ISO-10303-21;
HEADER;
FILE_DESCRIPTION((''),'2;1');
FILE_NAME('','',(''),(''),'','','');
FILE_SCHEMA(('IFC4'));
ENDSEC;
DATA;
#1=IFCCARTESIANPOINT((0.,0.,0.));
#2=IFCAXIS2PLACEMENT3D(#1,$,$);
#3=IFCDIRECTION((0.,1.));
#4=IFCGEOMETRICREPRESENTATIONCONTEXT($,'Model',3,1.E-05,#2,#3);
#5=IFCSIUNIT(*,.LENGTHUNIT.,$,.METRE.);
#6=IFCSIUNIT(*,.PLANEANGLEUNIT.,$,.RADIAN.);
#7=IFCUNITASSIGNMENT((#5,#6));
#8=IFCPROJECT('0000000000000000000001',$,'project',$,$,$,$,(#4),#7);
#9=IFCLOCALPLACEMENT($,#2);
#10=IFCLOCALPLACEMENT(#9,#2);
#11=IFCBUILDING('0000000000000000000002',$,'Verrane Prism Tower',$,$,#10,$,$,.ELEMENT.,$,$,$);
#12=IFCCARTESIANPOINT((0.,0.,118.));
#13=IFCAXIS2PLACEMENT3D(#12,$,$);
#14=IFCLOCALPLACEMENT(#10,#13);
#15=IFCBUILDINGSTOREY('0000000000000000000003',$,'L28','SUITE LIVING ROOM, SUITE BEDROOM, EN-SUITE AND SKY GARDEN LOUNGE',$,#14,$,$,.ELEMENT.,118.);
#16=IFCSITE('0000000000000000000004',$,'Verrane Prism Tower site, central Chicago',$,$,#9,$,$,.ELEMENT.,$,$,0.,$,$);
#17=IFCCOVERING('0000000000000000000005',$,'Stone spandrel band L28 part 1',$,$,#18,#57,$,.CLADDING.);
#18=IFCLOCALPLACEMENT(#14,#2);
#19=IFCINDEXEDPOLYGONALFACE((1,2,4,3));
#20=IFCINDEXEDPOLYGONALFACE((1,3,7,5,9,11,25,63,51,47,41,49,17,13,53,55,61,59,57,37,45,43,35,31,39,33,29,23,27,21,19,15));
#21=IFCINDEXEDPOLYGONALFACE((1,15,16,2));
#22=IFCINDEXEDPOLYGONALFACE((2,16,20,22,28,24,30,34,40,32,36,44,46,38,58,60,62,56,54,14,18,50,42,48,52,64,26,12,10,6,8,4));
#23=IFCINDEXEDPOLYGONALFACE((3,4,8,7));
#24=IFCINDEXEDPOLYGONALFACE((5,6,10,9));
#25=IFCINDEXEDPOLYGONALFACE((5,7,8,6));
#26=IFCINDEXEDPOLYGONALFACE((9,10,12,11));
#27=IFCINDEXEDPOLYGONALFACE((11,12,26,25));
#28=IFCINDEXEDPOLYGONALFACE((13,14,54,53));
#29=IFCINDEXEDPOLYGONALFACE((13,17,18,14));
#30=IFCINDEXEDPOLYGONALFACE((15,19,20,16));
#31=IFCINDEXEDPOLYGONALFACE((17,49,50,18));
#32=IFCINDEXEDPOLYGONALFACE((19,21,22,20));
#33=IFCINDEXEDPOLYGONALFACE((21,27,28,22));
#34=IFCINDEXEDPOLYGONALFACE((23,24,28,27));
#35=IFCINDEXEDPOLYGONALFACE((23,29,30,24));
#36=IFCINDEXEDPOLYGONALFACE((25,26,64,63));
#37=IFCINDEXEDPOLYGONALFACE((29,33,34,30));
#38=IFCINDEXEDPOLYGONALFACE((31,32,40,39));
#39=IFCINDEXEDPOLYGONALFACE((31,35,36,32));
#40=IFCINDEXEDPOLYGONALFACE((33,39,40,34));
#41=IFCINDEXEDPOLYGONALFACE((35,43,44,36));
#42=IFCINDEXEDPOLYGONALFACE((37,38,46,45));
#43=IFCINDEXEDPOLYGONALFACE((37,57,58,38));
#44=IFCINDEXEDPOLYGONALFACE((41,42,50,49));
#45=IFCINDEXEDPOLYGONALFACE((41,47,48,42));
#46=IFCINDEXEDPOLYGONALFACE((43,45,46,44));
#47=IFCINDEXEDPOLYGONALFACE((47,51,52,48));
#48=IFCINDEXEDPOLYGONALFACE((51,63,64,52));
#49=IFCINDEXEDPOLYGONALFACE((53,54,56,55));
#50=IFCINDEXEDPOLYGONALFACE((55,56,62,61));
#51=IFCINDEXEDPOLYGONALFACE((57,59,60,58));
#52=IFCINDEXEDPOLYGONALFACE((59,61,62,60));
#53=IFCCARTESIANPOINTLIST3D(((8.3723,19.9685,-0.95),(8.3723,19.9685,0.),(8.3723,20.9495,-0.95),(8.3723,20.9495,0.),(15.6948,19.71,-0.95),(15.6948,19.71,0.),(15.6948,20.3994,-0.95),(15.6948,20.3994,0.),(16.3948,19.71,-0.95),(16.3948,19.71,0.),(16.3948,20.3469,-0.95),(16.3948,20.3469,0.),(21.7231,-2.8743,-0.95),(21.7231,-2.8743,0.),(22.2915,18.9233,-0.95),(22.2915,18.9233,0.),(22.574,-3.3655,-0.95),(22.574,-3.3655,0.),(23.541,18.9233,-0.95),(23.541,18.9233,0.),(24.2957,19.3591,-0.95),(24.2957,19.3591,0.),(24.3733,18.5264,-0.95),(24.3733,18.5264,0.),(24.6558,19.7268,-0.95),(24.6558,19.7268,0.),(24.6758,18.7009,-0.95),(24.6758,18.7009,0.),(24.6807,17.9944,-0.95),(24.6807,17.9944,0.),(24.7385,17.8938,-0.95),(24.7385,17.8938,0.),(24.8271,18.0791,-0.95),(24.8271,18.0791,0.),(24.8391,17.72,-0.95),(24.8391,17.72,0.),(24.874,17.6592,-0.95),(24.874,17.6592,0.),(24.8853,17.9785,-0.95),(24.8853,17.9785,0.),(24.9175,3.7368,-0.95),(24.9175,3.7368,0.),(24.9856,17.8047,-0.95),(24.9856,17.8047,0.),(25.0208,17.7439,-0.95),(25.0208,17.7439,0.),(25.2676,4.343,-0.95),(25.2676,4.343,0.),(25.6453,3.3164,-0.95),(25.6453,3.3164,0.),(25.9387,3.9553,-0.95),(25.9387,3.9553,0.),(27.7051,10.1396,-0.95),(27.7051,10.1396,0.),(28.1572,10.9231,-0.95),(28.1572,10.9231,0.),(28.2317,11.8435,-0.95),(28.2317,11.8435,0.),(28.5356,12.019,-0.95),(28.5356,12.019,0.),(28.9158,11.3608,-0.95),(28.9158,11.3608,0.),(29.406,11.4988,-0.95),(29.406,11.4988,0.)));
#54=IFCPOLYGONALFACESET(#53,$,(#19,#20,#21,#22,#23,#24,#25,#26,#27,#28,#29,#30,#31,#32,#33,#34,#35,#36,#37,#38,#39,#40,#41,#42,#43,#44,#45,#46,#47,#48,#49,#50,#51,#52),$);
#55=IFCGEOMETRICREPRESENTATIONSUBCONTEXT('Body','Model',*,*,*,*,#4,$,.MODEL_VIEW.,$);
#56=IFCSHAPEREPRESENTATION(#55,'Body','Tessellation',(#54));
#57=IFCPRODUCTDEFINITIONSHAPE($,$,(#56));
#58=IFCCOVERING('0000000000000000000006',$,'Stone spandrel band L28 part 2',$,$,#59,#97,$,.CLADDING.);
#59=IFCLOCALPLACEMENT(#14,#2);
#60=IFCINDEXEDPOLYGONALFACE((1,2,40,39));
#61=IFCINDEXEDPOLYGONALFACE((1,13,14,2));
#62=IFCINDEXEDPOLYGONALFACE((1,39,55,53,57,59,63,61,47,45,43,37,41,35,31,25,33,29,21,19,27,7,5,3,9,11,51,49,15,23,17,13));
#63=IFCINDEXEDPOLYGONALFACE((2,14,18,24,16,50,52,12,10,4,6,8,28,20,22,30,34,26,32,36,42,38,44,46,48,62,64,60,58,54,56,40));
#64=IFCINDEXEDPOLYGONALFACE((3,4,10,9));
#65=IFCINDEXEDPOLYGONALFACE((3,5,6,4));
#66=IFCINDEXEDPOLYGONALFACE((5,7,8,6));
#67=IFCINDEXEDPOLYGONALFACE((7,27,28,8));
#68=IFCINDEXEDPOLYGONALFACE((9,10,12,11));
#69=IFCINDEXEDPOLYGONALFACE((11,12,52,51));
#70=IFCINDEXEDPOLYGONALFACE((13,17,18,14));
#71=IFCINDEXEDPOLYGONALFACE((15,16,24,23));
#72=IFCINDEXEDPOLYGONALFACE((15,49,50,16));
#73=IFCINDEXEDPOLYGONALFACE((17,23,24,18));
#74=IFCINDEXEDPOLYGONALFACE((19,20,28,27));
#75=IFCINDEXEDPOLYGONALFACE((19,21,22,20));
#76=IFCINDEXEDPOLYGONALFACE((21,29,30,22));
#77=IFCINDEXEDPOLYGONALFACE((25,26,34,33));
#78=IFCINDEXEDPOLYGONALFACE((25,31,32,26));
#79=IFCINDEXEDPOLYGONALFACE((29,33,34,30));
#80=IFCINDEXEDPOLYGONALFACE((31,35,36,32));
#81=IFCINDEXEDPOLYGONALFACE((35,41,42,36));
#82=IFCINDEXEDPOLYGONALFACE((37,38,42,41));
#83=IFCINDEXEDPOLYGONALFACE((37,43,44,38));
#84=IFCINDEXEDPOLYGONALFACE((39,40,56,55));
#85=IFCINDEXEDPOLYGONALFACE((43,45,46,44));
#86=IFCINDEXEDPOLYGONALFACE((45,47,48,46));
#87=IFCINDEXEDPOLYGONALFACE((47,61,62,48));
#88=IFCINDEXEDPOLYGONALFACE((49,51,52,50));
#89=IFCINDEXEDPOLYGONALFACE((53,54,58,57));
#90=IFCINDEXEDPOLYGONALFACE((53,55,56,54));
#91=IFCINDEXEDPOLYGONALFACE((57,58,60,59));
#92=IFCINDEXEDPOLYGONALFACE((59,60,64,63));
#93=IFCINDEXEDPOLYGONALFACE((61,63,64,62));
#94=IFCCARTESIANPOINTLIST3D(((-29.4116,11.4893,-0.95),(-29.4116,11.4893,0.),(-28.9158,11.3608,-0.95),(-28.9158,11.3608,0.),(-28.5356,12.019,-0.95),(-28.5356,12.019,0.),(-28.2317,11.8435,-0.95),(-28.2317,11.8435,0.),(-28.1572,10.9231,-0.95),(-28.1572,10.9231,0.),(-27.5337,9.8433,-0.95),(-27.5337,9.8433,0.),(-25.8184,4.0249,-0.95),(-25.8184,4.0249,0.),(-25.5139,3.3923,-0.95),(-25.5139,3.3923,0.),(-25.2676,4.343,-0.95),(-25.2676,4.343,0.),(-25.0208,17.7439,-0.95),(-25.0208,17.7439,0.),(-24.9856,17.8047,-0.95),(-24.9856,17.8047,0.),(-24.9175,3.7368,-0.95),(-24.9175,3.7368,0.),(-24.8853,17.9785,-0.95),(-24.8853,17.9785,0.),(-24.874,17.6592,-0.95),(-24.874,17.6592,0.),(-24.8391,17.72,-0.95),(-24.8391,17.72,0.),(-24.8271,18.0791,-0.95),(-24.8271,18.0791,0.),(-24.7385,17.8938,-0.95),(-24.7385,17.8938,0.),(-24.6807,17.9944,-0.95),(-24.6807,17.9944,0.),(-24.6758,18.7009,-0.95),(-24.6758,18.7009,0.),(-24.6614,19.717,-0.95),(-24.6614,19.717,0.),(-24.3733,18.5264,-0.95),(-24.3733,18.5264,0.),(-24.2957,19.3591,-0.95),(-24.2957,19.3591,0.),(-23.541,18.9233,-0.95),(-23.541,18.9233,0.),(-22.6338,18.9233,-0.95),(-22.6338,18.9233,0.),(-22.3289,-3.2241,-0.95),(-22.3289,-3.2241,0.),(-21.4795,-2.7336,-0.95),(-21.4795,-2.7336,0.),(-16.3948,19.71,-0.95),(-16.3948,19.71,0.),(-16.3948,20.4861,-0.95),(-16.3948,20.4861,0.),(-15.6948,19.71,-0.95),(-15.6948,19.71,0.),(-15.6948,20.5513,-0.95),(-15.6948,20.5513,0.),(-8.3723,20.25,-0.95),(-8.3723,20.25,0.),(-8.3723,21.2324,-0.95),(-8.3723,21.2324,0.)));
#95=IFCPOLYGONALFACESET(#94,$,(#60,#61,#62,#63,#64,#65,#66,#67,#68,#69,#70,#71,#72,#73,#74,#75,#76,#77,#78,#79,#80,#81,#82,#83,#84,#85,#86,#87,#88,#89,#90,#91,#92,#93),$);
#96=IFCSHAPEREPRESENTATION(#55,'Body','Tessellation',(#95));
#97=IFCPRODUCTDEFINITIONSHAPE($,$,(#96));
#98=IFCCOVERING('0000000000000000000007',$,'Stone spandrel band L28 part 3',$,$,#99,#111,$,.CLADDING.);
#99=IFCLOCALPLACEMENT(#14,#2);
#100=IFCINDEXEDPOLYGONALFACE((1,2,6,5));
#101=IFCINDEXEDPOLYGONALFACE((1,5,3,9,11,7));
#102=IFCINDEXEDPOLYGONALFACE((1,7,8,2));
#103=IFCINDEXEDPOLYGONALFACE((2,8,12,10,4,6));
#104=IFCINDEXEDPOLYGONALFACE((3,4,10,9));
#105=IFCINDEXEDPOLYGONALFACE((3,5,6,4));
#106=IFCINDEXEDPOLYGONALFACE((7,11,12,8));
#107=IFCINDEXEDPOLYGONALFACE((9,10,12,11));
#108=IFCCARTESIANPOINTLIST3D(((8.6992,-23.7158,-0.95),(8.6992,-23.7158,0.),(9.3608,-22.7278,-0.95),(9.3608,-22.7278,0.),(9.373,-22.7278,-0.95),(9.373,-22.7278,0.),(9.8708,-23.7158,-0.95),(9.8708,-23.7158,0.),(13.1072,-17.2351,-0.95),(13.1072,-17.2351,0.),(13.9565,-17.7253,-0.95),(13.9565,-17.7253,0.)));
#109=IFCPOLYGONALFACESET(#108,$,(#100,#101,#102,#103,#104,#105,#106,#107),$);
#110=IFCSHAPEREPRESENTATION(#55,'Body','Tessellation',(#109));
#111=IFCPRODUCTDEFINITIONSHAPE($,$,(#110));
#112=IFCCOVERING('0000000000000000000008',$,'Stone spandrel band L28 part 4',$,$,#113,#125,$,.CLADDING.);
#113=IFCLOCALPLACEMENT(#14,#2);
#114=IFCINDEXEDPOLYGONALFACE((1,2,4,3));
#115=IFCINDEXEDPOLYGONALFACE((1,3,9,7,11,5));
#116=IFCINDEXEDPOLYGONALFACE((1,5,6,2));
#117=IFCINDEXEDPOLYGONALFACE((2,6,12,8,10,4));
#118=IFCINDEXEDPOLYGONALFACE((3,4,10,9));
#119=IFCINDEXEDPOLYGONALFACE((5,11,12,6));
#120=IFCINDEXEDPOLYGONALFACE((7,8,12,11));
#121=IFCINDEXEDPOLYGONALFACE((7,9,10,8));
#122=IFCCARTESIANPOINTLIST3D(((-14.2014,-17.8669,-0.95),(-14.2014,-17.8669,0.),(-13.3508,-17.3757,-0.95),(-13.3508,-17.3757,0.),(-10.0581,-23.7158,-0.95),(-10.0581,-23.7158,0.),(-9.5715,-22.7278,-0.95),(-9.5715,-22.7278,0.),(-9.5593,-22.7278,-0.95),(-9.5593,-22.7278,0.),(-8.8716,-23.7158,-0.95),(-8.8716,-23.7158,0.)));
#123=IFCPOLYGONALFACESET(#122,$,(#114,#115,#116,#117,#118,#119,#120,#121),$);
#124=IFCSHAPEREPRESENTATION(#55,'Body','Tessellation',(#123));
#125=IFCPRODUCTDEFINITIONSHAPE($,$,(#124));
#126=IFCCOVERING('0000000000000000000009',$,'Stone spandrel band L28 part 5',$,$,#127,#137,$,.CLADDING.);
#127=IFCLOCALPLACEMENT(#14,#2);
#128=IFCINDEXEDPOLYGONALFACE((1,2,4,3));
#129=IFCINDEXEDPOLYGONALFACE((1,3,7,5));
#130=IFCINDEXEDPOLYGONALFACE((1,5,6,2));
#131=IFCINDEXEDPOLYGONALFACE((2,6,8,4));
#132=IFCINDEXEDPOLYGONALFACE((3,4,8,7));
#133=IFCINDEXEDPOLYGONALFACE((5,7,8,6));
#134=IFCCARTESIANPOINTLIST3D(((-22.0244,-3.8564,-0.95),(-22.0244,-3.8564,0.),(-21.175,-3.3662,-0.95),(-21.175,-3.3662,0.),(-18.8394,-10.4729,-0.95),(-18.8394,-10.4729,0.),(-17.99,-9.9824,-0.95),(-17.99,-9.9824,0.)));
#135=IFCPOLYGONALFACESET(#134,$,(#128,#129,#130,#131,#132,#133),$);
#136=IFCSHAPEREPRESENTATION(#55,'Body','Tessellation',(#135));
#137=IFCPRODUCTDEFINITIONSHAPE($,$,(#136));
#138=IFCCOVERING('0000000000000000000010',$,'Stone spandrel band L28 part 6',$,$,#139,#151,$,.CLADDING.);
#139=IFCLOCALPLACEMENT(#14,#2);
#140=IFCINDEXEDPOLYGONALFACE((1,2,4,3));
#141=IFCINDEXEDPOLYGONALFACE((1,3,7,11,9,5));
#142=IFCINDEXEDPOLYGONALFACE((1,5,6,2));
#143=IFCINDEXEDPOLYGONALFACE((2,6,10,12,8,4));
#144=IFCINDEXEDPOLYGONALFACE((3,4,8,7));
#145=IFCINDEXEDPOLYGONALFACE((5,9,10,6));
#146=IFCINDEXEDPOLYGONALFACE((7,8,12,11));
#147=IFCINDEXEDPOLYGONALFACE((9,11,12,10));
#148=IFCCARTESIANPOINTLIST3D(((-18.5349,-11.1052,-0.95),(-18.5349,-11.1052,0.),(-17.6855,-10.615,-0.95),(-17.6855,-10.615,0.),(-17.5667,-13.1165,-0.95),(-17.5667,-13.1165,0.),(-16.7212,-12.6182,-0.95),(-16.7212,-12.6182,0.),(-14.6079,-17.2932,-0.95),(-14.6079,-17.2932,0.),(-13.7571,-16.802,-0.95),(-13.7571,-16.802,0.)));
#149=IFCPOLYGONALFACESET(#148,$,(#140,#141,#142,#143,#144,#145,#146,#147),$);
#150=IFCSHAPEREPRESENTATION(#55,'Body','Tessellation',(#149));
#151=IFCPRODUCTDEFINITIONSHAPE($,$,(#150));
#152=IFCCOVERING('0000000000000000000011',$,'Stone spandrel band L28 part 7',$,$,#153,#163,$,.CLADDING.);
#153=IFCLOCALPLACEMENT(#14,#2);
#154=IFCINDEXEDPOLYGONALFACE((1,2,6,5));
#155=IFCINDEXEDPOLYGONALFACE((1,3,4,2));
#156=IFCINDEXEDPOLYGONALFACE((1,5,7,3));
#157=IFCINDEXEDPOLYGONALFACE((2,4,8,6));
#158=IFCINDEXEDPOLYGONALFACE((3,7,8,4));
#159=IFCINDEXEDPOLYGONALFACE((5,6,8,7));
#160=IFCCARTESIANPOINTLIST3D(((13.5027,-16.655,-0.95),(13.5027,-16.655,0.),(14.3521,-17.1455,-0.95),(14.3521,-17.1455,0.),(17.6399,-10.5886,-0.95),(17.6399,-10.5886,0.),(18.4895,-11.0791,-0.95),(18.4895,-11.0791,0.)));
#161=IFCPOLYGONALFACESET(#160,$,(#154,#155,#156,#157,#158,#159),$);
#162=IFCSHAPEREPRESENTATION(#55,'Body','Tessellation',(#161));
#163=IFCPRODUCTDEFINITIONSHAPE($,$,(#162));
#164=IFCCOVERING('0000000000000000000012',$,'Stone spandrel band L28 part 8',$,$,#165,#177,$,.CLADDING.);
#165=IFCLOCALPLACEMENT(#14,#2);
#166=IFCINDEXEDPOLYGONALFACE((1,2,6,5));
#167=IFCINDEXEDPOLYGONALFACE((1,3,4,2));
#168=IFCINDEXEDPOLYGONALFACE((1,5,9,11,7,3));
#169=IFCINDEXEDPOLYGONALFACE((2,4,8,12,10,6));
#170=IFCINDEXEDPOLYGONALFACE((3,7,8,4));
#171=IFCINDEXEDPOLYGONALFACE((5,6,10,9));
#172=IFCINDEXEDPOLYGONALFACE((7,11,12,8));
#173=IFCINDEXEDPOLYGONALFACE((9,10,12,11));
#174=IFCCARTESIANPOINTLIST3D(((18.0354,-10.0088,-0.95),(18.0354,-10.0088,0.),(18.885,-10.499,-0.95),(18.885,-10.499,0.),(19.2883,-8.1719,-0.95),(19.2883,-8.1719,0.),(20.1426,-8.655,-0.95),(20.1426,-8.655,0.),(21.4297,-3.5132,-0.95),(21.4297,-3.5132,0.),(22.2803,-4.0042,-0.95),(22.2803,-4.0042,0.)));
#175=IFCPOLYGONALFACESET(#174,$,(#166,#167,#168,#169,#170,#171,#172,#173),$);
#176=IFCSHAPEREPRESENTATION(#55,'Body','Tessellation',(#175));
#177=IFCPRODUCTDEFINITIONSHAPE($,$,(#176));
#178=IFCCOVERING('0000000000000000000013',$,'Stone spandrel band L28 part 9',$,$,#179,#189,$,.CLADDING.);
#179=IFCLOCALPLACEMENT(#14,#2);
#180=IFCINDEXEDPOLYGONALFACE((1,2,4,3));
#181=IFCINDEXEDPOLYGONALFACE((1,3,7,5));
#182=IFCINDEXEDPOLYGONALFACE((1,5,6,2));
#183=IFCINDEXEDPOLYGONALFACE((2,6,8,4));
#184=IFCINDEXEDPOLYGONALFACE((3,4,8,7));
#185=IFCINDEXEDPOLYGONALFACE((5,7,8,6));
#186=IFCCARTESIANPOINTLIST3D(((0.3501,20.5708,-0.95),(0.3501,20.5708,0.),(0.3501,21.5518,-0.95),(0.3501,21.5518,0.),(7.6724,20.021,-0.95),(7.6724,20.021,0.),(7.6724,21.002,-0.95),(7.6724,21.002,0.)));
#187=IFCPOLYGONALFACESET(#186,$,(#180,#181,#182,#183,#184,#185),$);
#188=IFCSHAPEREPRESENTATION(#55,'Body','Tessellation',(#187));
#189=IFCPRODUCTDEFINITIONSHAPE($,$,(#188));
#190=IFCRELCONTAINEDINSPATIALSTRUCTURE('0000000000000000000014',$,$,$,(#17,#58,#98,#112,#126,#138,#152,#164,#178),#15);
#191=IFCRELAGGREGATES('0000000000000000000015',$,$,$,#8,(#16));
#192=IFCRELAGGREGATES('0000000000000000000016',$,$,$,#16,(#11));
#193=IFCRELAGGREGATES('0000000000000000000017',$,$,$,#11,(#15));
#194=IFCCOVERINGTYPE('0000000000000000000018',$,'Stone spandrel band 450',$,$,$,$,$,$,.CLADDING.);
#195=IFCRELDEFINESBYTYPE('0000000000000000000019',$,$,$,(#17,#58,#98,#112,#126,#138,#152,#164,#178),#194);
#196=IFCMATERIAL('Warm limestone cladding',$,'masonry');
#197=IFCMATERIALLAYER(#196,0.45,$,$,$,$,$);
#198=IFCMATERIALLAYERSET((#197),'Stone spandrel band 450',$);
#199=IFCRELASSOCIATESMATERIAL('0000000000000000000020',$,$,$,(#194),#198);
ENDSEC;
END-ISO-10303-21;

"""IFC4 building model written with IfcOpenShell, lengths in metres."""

from ifc_helpers import new_model, si_unit, direction, frame, origin, place, context, subcontext, project, spatial, polyline, outline, extrude, material, layer, layer_set, type_object, element, save


model = new_model("IFC4")

# Units and contexts
model_context = context("Model", 3, precision=1e-05, world=origin(), true_north=direction((0.0, 1.0)))
body_context = subcontext(model_context, "Body", "Model", "MODEL_VIEW")
ifc_project = project(units=[si_unit("LENGTHUNIT", "METRE"), si_unit("PLANEANGLEUNIT", "RADIAN")], contexts=[model_context])

# Site, building, storey
site_placement = place(None, origin())
site = spatial("IfcSite", under=ifc_project, at=site_placement, Name="Verrane Prism Tower site, central Chicago", CompositionType="ELEMENT", RefElevation=0.0)
building_placement = place(site_placement, origin())
building = spatial("IfcBuilding", under=site, at=building_placement, Name="Verrane Prism Tower", CompositionType="ELEMENT")
storey_placement = place(building_placement, frame((0.0, 0.0, 118.0)))
storey = spatial("IfcBuildingStorey", under=building, at=storey_placement, Name="L28", Description="SUITE LIVING ROOM, SUITE BEDROOM, EN-SUITE AND SKY GARDEN LOUNGE", CompositionType="ELEMENT", Elevation=118.0)

# Coverings
ifc_material_1 = material(Name="Warm limestone cladding", Category="masonry")
ifc_layer_1 = layer(ifc_material_1, 0.45)
ifc_layer_set_1 = layer_set([ifc_layer_1], Name="Stone spandrel band 450")
covering_type = type_object("IfcCoveringType", Name="Stone spandrel band 450", PredefinedType="CLADDING", material=ifc_layer_set_1)
covering_1_placement = place(storey_placement, frame((0.0, 0.0, -0.95)))
element("IfcCovering", 1, at=covering_1_placement, inside=storey, type_object=covering_type, Name="Stone spandrel band L28 part 1", PredefinedType="CLADDING", context=body_context, shape_type="SweptSolid", body=[
    extrude(outline(polyline([(8.3723, 19.9685), (22.2915, 18.9233), (23.541, 18.9233), (24.2957, 19.3591), (24.6758, 18.7009), (24.3733, 18.5264), (24.6807, 17.9944), (24.8271, 18.0791), (24.8853, 17.9785), (24.7385, 17.8938), (24.8391, 17.72), (24.9856, 17.8047), (25.0208, 17.7439), (24.874, 17.6592), (28.2317, 11.8435), (28.5356, 12.019), (28.9158, 11.3608), (28.1572, 10.9231), (27.7051, 10.1396), (21.7231, -2.8743), (22.574, -3.3655), (25.6453, 3.3164), (24.9175, 3.7368), (25.2676, 4.343), (25.9387, 3.9553), (29.406, 11.4988), (24.6558, 19.7268), (16.3948, 20.3469), (16.3948, 19.71), (15.6948, 19.71), (15.6948, 20.3994), (8.3723, 20.9495), (8.3723, 19.9685)])), origin(), (0.0, 0.0, 1.0), 0.95),
])
covering_2_placement = place(storey_placement, frame((0.0, 0.0, -0.95)))
element("IfcCovering", 2, at=covering_2_placement, inside=storey, type_object=covering_type, Name="Stone spandrel band L28 part 2", PredefinedType="CLADDING", context=body_context, shape_type="SweptSolid", body=[
    extrude(outline(polyline([(-29.4116, 11.4893), (-25.8184, 4.0249), (-25.2676, 4.343), (-24.9175, 3.7368), (-25.5139, 3.3923), (-22.3289, -3.2241), (-21.4795, -2.7336), (-27.5337, 9.8433), (-28.1572, 10.9231), (-28.9158, 11.3608), (-28.5356, 12.019), (-28.2317, 11.8435), (-24.874, 17.6592), (-25.0208, 17.7439), (-24.9856, 17.8047), (-24.8391, 17.72), (-24.7385, 17.8938), (-24.8853, 17.9785), (-24.8271, 18.0791), (-24.6807, 17.9944), (-24.3733, 18.5264), (-24.6758, 18.7009), (-24.2957, 19.3591), (-23.541, 18.9233), (-22.6338, 18.9233), (-8.3723, 20.25), (-8.3723, 21.2324), (-15.6948, 20.5513), (-15.6948, 19.71), (-16.3948, 19.71), (-16.3948, 20.4861), (-24.6614, 19.717), (-29.4116, 11.4893)])), origin(), (0.0, 0.0, 1.0), 0.95),
])
covering_3_placement = place(storey_placement, frame((0.0, 0.0, -0.95)))
element("IfcCovering", 3, at=covering_3_placement, inside=storey, type_object=covering_type, Name="Stone spandrel band L28 part 3", PredefinedType="CLADDING", context=body_context, shape_type="SweptSolid", body=[
    extrude(outline(polyline([(13.9565, -17.7253), (13.1072, -17.2351), (9.3608, -22.7278), (9.373, -22.7278), (8.6992, -23.7158), (9.8708, -23.7158), (13.9565, -17.7253)])), origin(), (0.0, 0.0, 1.0), 0.95),
])
covering_4_placement = place(storey_placement, frame((0.0, 0.0, -0.95)))
element("IfcCovering", 4, at=covering_4_placement, inside=storey, type_object=covering_type, Name="Stone spandrel band L28 part 4", PredefinedType="CLADDING", context=body_context, shape_type="SweptSolid", body=[
    extrude(outline(polyline([(-13.3508, -17.3757), (-14.2014, -17.8669), (-10.0581, -23.7158), (-8.8716, -23.7158), (-9.5715, -22.7278), (-9.5593, -22.7278), (-13.3508, -17.3757)])), origin(), (0.0, 0.0, 1.0), 0.95),
])
covering_5_placement = place(storey_placement, frame((0.0, 0.0, -0.95)))
element("IfcCovering", 5, at=covering_5_placement, inside=storey, type_object=covering_type, Name="Stone spandrel band L28 part 5", PredefinedType="CLADDING", context=body_context, shape_type="SweptSolid", body=[
    extrude(outline(polyline([(-21.175, -3.3662), (-22.0244, -3.8564), (-18.8394, -10.4729), (-17.99, -9.9824), (-21.175, -3.3662)])), origin(), (0.0, 0.0, 1.0), 0.95),
])
covering_6_placement = place(storey_placement, frame((0.0, 0.0, -0.95)))
element("IfcCovering", 6, at=covering_6_placement, inside=storey, type_object=covering_type, Name="Stone spandrel band L28 part 6", PredefinedType="CLADDING", context=body_context, shape_type="SweptSolid", body=[
    extrude(outline(polyline([(-17.6855, -10.615), (-18.5349, -11.1052), (-17.5667, -13.1165), (-14.6079, -17.2932), (-13.7571, -16.802), (-16.7212, -12.6182), (-17.6855, -10.615)])), origin(), (0.0, 0.0, 1.0), 0.95),
])
covering_7_placement = place(storey_placement, frame((0.0, 0.0, -0.95)))
element("IfcCovering", 7, at=covering_7_placement, inside=storey, type_object=covering_type, Name="Stone spandrel band L28 part 7", PredefinedType="CLADDING", context=body_context, shape_type="SweptSolid", body=[
    extrude(outline(polyline([(17.6399, -10.5886), (13.5027, -16.655), (14.3521, -17.1455), (18.4895, -11.0791), (17.6399, -10.5886)])), origin(), (0.0, 0.0, 1.0), 0.95),
])
covering_8_placement = place(storey_placement, frame((0.0, 0.0, -0.95)))
element("IfcCovering", 8, at=covering_8_placement, inside=storey, type_object=covering_type, Name="Stone spandrel band L28 part 8", PredefinedType="CLADDING", context=body_context, shape_type="SweptSolid", body=[
    extrude(outline(polyline([(21.4297, -3.5132), (19.2883, -8.1719), (18.0354, -10.0088), (18.885, -10.499), (20.1426, -8.655), (22.2803, -4.0042), (21.4297, -3.5132)])), origin(), (0.0, 0.0, 1.0), 0.95),
])
covering_9_placement = place(storey_placement, frame((0.0, 0.0, -0.95)))
element("IfcCovering", 9, at=covering_9_placement, inside=storey, type_object=covering_type, Name="Stone spandrel band L28 part 9", PredefinedType="CLADDING", context=body_context, shape_type="SweptSolid", body=[
    extrude(outline(polyline([(0.3501, 21.5518), (0.3501, 20.5708), (7.6724, 20.021), (7.6724, 21.002), (0.3501, 21.5518)])), origin(), (0.0, 0.0, 1.0), 0.95),
])

save(model, "model.ifc")
